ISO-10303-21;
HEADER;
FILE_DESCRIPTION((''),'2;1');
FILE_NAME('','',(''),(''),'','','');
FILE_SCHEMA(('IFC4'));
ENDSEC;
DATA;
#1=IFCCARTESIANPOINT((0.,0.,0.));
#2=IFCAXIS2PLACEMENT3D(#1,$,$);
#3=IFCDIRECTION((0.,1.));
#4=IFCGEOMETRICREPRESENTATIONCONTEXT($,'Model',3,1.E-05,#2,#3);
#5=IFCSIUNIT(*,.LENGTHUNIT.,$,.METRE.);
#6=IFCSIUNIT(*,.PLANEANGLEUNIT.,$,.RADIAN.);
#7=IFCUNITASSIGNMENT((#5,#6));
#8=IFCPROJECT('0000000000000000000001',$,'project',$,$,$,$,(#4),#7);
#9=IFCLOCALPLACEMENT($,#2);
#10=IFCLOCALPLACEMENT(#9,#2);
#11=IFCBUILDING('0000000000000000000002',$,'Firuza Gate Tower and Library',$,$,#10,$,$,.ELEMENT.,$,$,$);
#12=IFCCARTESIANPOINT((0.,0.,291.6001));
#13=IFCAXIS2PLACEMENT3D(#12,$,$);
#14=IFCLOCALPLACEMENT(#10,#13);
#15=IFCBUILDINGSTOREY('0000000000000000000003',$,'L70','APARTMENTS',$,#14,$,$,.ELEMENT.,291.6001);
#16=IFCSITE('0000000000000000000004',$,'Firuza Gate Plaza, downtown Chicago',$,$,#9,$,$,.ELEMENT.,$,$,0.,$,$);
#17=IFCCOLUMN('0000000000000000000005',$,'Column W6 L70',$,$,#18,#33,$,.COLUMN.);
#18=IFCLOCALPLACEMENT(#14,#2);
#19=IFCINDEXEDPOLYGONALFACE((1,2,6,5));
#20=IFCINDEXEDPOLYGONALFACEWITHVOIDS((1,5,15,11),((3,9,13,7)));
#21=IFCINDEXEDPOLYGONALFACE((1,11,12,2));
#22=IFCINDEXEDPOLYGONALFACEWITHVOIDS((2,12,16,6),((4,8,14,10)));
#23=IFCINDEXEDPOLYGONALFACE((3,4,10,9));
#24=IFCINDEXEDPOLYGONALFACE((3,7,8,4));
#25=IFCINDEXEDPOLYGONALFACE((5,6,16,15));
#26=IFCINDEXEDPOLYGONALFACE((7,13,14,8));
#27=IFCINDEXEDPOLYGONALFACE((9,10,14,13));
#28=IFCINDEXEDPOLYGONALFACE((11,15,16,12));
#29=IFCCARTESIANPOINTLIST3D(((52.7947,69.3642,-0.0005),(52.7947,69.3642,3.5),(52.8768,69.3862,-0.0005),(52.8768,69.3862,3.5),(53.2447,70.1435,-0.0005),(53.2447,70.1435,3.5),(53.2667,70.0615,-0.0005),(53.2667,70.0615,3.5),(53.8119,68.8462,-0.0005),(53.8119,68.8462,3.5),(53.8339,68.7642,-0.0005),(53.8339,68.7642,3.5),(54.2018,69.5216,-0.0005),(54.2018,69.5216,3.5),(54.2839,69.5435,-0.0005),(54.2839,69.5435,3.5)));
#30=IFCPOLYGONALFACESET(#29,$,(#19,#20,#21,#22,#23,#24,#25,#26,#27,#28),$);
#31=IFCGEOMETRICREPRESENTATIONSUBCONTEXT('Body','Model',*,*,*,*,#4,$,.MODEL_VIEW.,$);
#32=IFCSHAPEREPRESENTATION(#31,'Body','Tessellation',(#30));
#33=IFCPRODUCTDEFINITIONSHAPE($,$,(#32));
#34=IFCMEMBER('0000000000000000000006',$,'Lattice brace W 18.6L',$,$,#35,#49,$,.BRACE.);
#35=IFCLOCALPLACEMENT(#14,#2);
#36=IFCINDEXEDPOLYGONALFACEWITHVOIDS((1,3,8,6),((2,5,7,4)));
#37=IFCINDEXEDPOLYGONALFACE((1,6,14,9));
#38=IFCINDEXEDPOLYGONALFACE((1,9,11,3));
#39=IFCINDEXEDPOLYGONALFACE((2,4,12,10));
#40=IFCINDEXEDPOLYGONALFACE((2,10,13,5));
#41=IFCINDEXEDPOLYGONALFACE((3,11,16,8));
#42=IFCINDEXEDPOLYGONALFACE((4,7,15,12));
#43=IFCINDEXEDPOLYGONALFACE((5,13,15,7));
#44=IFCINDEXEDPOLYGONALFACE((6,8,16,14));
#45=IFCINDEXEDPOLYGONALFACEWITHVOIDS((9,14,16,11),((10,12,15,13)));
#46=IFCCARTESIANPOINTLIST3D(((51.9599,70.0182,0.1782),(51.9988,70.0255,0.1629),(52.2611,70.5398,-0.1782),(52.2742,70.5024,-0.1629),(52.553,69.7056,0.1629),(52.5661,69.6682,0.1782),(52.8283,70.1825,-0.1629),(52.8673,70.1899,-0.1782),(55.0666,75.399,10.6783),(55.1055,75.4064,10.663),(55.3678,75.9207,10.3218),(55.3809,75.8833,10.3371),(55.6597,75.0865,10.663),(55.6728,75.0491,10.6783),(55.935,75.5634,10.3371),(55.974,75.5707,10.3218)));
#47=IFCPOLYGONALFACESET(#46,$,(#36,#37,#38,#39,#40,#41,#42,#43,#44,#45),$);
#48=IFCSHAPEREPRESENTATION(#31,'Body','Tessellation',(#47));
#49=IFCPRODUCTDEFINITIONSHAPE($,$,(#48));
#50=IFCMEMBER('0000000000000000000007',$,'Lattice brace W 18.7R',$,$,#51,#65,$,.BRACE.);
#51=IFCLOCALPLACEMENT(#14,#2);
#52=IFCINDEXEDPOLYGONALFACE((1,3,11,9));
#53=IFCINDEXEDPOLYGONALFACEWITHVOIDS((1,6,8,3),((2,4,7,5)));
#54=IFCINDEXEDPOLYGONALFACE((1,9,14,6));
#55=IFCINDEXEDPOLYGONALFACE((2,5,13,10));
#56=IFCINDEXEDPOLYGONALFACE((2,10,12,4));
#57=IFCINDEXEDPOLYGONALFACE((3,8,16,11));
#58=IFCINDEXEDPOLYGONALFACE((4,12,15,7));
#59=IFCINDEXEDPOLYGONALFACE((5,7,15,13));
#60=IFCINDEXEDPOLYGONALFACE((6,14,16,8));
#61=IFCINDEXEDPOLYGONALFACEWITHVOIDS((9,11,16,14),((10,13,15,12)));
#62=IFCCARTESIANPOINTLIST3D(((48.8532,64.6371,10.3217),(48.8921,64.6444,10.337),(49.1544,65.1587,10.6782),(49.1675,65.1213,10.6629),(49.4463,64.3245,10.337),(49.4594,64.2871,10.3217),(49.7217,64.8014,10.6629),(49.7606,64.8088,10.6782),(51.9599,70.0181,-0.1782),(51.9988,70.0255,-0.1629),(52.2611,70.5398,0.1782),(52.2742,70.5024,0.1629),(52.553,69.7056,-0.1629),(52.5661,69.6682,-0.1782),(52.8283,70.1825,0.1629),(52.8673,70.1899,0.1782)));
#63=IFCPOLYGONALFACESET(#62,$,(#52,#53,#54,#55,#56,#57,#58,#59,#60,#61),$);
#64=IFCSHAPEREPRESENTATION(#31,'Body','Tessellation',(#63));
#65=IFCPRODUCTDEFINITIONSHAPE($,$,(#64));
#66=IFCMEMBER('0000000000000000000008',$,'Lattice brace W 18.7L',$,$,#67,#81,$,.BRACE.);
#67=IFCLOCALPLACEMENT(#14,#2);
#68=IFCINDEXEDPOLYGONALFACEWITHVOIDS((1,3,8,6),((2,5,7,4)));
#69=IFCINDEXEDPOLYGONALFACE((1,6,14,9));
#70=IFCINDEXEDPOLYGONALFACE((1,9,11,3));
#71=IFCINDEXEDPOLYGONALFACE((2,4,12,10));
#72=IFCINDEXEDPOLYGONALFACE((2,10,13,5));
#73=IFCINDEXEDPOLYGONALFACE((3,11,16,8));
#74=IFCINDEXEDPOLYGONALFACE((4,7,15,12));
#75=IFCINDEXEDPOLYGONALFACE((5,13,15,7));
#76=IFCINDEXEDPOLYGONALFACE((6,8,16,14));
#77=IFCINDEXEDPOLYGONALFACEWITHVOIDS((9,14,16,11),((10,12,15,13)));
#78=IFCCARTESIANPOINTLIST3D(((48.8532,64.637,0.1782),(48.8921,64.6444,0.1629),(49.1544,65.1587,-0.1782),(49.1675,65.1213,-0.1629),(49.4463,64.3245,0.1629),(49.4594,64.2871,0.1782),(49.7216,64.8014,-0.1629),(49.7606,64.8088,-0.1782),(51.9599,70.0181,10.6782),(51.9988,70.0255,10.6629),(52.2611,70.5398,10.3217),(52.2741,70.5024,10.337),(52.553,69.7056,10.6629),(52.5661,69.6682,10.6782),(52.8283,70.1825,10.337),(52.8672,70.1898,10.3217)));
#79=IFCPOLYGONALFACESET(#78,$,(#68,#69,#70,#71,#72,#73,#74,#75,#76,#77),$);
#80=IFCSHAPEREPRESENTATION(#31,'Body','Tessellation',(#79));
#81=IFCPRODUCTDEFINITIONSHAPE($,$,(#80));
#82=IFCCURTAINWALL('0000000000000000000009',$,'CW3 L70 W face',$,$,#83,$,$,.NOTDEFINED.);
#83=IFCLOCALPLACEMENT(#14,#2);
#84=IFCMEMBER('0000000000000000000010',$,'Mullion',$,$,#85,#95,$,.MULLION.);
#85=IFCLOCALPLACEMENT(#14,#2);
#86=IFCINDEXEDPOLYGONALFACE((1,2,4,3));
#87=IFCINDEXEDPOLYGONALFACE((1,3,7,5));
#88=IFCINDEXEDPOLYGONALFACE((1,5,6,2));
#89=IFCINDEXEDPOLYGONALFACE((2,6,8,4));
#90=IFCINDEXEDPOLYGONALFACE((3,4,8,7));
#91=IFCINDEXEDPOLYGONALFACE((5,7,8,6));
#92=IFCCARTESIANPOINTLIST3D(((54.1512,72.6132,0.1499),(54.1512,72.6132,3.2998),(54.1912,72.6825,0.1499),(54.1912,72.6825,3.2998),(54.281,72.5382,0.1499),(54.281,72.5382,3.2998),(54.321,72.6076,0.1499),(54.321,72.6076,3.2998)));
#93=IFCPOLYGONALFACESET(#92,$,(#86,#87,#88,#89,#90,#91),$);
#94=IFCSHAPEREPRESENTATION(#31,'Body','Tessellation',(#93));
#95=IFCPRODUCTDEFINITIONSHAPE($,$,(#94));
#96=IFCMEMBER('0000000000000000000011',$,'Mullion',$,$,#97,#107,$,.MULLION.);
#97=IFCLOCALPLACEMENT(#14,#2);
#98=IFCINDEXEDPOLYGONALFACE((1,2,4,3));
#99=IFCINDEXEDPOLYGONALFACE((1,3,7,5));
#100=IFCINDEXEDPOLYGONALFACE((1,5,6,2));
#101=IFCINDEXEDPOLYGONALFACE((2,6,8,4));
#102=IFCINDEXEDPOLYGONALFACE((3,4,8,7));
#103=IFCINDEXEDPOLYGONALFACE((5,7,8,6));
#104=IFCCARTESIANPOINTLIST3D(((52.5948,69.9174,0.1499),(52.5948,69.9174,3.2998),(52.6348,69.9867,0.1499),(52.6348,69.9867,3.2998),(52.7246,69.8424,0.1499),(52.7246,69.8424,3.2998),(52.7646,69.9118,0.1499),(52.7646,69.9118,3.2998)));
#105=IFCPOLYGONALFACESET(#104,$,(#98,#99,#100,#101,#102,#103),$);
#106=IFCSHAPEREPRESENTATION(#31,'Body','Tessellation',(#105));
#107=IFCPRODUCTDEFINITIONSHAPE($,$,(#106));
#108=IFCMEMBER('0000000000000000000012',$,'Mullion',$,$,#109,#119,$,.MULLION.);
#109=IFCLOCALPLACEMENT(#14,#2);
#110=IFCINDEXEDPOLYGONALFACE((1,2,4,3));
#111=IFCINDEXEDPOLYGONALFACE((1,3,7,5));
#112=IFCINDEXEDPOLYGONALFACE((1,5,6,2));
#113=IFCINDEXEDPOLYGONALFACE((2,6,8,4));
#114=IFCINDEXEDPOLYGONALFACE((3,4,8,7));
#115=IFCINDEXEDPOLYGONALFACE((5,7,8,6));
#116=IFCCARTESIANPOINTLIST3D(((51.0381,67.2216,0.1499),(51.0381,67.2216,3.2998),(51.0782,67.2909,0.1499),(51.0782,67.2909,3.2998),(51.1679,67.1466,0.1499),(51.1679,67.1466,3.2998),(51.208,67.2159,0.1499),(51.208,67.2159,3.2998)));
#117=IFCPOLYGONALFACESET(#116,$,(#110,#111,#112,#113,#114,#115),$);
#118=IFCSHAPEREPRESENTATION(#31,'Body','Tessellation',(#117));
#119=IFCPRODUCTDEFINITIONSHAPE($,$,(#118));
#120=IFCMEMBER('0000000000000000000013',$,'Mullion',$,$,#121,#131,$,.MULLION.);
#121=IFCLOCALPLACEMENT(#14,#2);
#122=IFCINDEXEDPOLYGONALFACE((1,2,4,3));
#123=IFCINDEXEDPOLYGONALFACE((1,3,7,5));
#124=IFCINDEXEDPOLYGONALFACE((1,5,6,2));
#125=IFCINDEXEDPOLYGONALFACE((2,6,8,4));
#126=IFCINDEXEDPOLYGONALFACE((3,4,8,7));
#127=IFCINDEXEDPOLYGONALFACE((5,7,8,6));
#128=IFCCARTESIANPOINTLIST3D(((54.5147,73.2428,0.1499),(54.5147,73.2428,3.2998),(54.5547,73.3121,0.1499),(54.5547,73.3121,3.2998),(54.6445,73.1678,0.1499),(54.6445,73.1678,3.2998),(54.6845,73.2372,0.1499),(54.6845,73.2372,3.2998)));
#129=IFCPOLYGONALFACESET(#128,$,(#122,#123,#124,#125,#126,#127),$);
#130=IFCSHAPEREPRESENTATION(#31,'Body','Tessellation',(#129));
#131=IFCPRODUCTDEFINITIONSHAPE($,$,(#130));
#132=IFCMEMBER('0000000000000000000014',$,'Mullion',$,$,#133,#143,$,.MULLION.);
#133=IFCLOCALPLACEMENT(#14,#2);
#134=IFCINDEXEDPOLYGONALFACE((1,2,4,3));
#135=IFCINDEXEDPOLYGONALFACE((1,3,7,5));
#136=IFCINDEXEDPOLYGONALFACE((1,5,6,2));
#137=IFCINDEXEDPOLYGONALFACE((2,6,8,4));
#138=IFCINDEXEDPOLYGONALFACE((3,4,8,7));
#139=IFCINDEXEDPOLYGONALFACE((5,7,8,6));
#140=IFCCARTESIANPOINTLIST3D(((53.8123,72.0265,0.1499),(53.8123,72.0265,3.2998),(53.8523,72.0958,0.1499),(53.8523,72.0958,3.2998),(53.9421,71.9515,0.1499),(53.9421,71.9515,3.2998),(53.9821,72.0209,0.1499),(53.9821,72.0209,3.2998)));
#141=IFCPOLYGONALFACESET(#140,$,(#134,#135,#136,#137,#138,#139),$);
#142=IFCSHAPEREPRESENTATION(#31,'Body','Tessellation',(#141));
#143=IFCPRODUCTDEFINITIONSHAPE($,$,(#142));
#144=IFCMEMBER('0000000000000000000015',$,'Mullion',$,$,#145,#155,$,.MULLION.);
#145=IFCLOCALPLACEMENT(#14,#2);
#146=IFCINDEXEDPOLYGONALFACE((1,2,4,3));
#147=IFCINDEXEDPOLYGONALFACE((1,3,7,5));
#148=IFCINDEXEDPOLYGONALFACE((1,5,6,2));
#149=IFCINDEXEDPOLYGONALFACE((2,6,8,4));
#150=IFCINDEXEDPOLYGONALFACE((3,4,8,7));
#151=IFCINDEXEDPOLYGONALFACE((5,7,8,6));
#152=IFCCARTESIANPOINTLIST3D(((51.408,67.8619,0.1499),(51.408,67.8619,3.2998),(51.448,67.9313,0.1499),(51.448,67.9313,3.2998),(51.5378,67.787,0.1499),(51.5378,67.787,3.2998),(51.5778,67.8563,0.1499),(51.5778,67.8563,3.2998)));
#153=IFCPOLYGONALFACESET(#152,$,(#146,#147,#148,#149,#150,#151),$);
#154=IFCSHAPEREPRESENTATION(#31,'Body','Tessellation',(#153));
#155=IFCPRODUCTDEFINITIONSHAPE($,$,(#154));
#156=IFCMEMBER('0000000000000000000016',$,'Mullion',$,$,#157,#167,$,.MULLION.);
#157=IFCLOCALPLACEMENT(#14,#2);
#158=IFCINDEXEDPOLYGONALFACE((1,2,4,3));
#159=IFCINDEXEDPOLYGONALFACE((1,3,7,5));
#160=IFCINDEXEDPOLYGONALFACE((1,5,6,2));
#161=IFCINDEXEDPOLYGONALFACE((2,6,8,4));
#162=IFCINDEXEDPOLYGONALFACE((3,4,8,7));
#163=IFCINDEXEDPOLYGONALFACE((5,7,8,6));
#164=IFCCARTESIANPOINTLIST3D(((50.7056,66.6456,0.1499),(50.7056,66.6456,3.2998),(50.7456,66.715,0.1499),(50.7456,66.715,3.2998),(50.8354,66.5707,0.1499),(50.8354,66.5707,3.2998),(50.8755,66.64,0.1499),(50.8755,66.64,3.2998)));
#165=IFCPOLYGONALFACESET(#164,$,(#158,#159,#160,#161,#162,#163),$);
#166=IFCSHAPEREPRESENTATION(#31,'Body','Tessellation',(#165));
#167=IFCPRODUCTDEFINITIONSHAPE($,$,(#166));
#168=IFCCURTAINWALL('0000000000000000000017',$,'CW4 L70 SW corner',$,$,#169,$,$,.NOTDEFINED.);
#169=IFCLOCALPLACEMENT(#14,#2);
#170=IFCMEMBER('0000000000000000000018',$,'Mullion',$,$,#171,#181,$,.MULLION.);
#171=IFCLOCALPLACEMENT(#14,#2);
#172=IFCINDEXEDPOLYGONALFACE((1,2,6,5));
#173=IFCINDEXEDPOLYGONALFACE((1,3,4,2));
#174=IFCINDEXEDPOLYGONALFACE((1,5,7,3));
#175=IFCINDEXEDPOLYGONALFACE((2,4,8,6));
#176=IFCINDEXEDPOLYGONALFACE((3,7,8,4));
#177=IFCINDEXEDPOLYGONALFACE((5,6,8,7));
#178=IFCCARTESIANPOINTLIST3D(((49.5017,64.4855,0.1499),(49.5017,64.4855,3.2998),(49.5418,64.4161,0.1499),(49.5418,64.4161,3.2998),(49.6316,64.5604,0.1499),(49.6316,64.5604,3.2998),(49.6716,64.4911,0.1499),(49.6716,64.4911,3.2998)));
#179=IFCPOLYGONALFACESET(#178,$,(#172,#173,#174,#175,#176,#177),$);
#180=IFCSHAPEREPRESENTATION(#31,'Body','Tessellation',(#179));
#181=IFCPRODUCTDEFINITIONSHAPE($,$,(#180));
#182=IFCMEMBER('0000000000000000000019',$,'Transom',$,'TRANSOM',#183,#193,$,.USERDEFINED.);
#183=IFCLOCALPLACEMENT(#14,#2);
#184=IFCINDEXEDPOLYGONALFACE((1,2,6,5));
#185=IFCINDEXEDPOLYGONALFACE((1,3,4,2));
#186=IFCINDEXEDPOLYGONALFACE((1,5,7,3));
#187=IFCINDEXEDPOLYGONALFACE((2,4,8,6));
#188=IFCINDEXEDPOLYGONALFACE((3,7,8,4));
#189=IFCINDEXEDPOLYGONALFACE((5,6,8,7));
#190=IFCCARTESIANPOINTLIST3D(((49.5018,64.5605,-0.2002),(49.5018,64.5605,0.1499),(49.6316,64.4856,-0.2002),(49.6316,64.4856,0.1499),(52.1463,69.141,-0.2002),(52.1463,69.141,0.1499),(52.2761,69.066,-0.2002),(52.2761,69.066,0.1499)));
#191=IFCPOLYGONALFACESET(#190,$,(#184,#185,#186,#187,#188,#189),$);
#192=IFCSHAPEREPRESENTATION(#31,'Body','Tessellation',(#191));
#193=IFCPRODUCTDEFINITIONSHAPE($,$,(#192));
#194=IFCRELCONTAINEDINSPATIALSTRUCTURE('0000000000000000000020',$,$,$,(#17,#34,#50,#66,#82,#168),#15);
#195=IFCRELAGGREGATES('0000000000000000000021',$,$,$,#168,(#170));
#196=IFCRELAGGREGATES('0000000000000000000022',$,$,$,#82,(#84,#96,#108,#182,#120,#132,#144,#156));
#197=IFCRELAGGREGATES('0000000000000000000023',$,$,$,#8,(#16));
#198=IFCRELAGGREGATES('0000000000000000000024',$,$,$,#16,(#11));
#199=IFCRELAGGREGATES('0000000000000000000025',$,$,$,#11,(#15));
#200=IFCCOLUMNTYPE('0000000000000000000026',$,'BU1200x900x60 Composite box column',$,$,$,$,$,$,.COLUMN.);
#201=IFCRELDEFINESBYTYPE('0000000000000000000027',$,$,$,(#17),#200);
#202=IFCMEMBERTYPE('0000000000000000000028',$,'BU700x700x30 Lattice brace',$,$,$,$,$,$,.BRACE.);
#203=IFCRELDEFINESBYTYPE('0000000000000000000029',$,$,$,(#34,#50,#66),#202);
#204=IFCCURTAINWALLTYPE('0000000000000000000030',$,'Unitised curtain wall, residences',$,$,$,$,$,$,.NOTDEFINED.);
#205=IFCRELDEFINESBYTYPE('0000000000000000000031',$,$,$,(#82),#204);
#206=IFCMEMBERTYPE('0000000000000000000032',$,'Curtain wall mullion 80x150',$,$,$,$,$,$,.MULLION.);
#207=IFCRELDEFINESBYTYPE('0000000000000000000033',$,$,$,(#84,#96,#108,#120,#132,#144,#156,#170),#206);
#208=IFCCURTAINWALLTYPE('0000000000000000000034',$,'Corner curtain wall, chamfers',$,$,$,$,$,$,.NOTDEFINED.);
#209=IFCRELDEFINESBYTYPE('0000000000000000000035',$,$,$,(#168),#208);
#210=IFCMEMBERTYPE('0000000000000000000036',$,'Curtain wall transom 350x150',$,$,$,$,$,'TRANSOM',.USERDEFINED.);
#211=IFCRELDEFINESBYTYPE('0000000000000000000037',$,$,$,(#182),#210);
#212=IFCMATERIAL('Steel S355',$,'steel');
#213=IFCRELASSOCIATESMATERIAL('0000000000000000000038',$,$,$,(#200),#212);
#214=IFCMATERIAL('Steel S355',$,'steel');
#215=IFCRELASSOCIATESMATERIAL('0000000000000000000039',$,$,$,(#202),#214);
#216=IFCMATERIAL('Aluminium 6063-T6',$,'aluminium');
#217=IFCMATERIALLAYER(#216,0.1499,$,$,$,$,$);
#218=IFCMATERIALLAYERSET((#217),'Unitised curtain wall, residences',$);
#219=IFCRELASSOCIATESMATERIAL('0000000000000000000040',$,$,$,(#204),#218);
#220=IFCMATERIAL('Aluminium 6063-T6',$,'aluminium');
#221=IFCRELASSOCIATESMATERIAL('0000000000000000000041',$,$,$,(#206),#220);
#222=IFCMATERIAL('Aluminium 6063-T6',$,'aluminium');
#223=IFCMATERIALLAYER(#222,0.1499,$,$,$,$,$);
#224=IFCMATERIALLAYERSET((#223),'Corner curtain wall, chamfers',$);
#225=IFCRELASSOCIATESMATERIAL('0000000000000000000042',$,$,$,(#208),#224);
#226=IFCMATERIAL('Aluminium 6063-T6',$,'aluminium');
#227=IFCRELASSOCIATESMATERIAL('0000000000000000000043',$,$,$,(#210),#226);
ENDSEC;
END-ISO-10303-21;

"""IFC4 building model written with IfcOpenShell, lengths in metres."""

from ifc_helpers import new_model, si_unit, direction, frame, origin, origin_2d, place, context, subcontext, project, spatial, rectangle, hollow_rectangle, extrude, material, layer, layer_set, material_profile, profile_set, type_object, element, aggregate, save


model = new_model("IFC4")

# Units and contexts
model_context = context("Model", 3, precision=1e-05, world=origin(), true_north=direction((0.0, 1.0)))
body_context = subcontext(model_context, "Body", "Model", "MODEL_VIEW")
ifc_project = project(units=[si_unit("LENGTHUNIT", "METRE"), si_unit("PLANEANGLEUNIT", "RADIAN")], contexts=[model_context])

# Site, building, storey
site_placement = place(None, origin())
site = spatial("IfcSite", under=ifc_project, at=site_placement, Name="Firuza Gate Plaza, downtown Chicago", CompositionType="ELEMENT", RefElevation=0.0)
building_placement = place(site_placement, origin())
building = spatial("IfcBuilding", under=site, at=building_placement, Name="Firuza Gate Tower and Library", CompositionType="ELEMENT")
storey_placement = place(building_placement, frame((0.0, 0.0, 291.6001)))
storey = spatial("IfcBuildingStorey", under=building, at=storey_placement, Name="L70", Description="APARTMENTS", CompositionType="ELEMENT", Elevation=291.6001)

# Column
ifc_material_1 = material(Name="Steel S355", Category="steel")
ifc_material_profile_1 = material_profile(ifc_material_1, hollow_rectangle(XDim=0.8999, YDim=1.2, WallThickness=0.0601, at=origin_2d()))
ifc_profile_set_1 = profile_set([ifc_material_profile_1], Name="Steel S355")
column_type = type_object("IfcColumnType", Name="BU1200x900x60 Composite box column", PredefinedType="COLUMN", material=ifc_profile_set_1)
column_placement = place(storey_placement, frame((53.5393, 69.4539, -0.0005), z_axis=(0.0, 0.0, 1.0), x_axis=(-0.5, -0.866025, 0.0)))
element("IfcColumn", 1, at=column_placement, inside=storey, type_object=column_type, Name="Column W6 L70", PredefinedType="COLUMN", context=body_context, shape_type="SweptSolid", body=[
    extrude(hollow_rectangle(XDim=0.8999, YDim=1.2, WallThickness=0.0601, at=origin_2d()), origin(), (0.0, 0.0, 1.0), 3.5005),
])

# Members
ifc_material_2 = material(Name="Steel S355", Category="steel")
ifc_material_profile_2 = material_profile(ifc_material_2, hollow_rectangle(XDim=0.7, YDim=0.7, WallThickness=0.03, at=origin_2d()))
ifc_profile_set_2 = profile_set([ifc_material_profile_2], Name="Steel S355")
member_type_1 = type_object("IfcMemberType", Name="BU700x700x30 Lattice brace", PredefinedType="BRACE", material=ifc_profile_set_2)
for number, where, z_axis, x_axis, name in (
    (2, (52.4136, 70.104, 0.0), (0.254634, 0.441032, 0.860612), (-0.866022, 0.500006, 0.0), "Lattice brace W 18.6L"),
    (3, (52.4136, 70.104, 0.0), (-0.254631, -0.441048, 0.860604), (0.866032, -0.499989, 0.0), "Lattice brace W 18.7R"),
    (4, (49.3069, 64.7229, 0.0), (0.254631, 0.441048, 0.860604), (-0.866032, 0.499989, 0.0), "Lattice brace W 18.7L"),
):
    element("IfcMember", number, at=place(storey_placement, frame(where, z_axis=z_axis, x_axis=x_axis)), inside=storey, type_object=member_type_1, Name=name, PredefinedType="BRACE", context=body_context, shape_type="SweptSolid", body=[
        extrude(hollow_rectangle(XDim=0.7, YDim=0.7, WallThickness=0.03, at=origin_2d()), origin(), (0.0, 0.0, 1.0), 12.2007),
    ])

# Curtain wall, members
ifc_material_3 = material(Name="Aluminium 6063-T6", Category="aluminium")
ifc_layer_1 = layer(ifc_material_3, 0.1499)
ifc_layer_set_1 = layer_set([ifc_layer_1], Name="Unitised curtain wall, residences")
curtain_wall_type_1 = type_object("IfcCurtainWallType", Name="Unitised curtain wall, residences", PredefinedType="NOTDEFINED", material=ifc_layer_set_1)
placement = place(storey_placement, origin())
curtain_wall_1 = element("IfcCurtainWall", 5, at=placement, inside=storey, type_object=curtain_wall_type_1, Name="CW3 L70 W face", PredefinedType="NOTDEFINED")
ifc_material_4 = material(Name="Aluminium 6063-T6", Category="aluminium")
ifc_material_profile_3 = material_profile(ifc_material_4, rectangle(XDim=0.1499, YDim=0.0801, at=origin_2d()))
ifc_profile_set_3 = profile_set([ifc_material_profile_3], Name="Aluminium 6063-T6")
member_type_2 = type_object("IfcMemberType", Name="Curtain wall mullion 80x150", PredefinedType="MULLION", material=ifc_profile_set_3)
member_1_placement = place(storey_placement, frame((54.2361, 72.6104, 0.1499), z_axis=(0.0, 0.0, 1.0), x_axis=(0.866025, -0.5, 0.0)))
member_1 = element("IfcMember", 6, at=member_1_placement, type_object=member_type_2, Name="Mullion", PredefinedType="MULLION", context=body_context, shape_type="SweptSolid", body=[
    extrude(rectangle(XDim=0.1499, YDim=0.0801, at=origin_2d()), origin(), (0.0, 0.0, 1.0), 3.1499),
])
member_2_placement = place(storey_placement, frame((52.6797, 69.9146, 0.1499), z_axis=(0.0, 0.0, 1.0), x_axis=(0.866025, -0.5, 0.0)))
member_2 = element("IfcMember", 7, at=member_2_placement, type_object=member_type_2, Name="Mullion", PredefinedType="MULLION", context=body_context, shape_type="SweptSolid", body=[
    extrude(rectangle(XDim=0.1499, YDim=0.0801, at=origin_2d()), origin(), (0.0, 0.0, 1.0), 3.1499),
])
member_3_placement = place(storey_placement, frame((51.123, 67.2188, 0.1499), z_axis=(0.0, 0.0, 1.0), x_axis=(0.866025, -0.5, 0.0)))
member_3 = element("IfcMember", 8, at=member_3_placement, type_object=member_type_2, Name="Mullion", PredefinedType="MULLION", context=body_context, shape_type="SweptSolid", body=[
    extrude(rectangle(XDim=0.1499, YDim=0.0801, at=origin_2d()), origin(), (0.0, 0.0, 1.0), 3.1499),
])
member_4_placement = place(storey_placement, frame((54.5996, 73.24, 0.1499), z_axis=(0.0, 0.0, 1.0), x_axis=(0.866025, -0.5, 0.0)))
member_4 = element("IfcMember", 9, at=member_4_placement, type_object=member_type_2, Name="Mullion", PredefinedType="MULLION", context=body_context, shape_type="SweptSolid", body=[
    extrude(rectangle(XDim=0.1499, YDim=0.0801, at=origin_2d()), origin(), (0.0, 0.0, 1.0), 3.1499),
])
member_5_placement = place(storey_placement, frame((53.8972, 72.0237, 0.1499), z_axis=(0.0, 0.0, 1.0), x_axis=(0.866025, -0.5, 0.0)))
member_5 = element("IfcMember", 10, at=member_5_placement, type_object=member_type_2, Name="Mullion", PredefinedType="MULLION", context=body_context, shape_type="SweptSolid", body=[
    extrude(rectangle(XDim=0.1499, YDim=0.0801, at=origin_2d()), origin(), (0.0, 0.0, 1.0), 3.1499),
])
member_6_placement = place(storey_placement, frame((51.4929, 67.8591, 0.1499), z_axis=(0.0, 0.0, 1.0), x_axis=(0.866025, -0.5, 0.0)))
member_6 = element("IfcMember", 11, at=member_6_placement, type_object=member_type_2, Name="Mullion", PredefinedType="MULLION", context=body_context, shape_type="SweptSolid", body=[
    extrude(rectangle(XDim=0.1499, YDim=0.0801, at=origin_2d()), origin(), (0.0, 0.0, 1.0), 3.1499),
])
member_7_placement = place(storey_placement, frame((50.7905, 66.6428, 0.1499), z_axis=(0.0, 0.0, 1.0), x_axis=(0.866025, -0.5, 0.0)))
member_7 = element("IfcMember", 12, at=member_7_placement, type_object=member_type_2, Name="Mullion", PredefinedType="MULLION", context=body_context, shape_type="SweptSolid", body=[
    extrude(rectangle(XDim=0.1499, YDim=0.0801, at=origin_2d()), origin(), (0.0, 0.0, 1.0), 3.1499),
])

# Curtain wall, member
ifc_material_5 = material(Name="Aluminium 6063-T6", Category="aluminium")
ifc_layer_2 = layer(ifc_material_5, 0.1499)
ifc_layer_set_2 = layer_set([ifc_layer_2], Name="Corner curtain wall, chamfers")
curtain_wall_type_2 = type_object("IfcCurtainWallType", Name="Corner curtain wall, chamfers", PredefinedType="NOTDEFINED", material=ifc_layer_set_2)
curtain_wall_2 = element("IfcCurtainWall", 13, at=placement, inside=storey, type_object=curtain_wall_type_2, Name="CW4 L70 SW corner", PredefinedType="NOTDEFINED")
member_8_placement = place(storey_placement, frame((49.5867, 64.4883, 0.1499), z_axis=(0.0, 0.0, 1.0), x_axis=(0.866025, 0.5, 0.0)))
member_8 = element("IfcMember", 14, at=member_8_placement, type_object=member_type_2, Name="Mullion", PredefinedType="MULLION", context=body_context, shape_type="SweptSolid", body=[
    extrude(rectangle(XDim=0.1499, YDim=0.0801, at=origin_2d()), origin(), (0.0, 0.0, 1.0), 3.1499),
])

# Member
ifc_material_6 = material(Name="Aluminium 6063-T6", Category="aluminium")
ifc_material_profile_4 = material_profile(ifc_material_6, rectangle(XDim=0.1499, YDim=0.3501, at=origin_2d()))
ifc_profile_set_4 = profile_set([ifc_material_profile_4], Name="Aluminium 6063-T6")
member_type_3 = type_object("IfcMemberType", Name="Curtain wall transom 350x150", ElementType="TRANSOM", PredefinedType="USERDEFINED", material=ifc_profile_set_4)
member_9_placement = place(storey_placement, frame((52.2112, 69.1035, -0.0251), z_axis=(-0.499991, -0.86603, 0.0), x_axis=(0.86603, -0.499991, 0.0)))
member_9 = element("IfcMember", 15, at=member_9_placement, type_object=member_type_3, Name="Transom", ObjectType="TRANSOM", PredefinedType="USERDEFINED", context=body_context, shape_type="SweptSolid", body=[
    extrude(rectangle(XDim=0.1499, YDim=0.3501, at=origin_2d()), origin(), (0.0, 0.0, 1.0), 5.2891),
])

aggregate(curtain_wall_2, [member_8])
aggregate(curtain_wall_1, [member_1, member_2, member_3, member_9, member_4, member_5, member_6, member_7])

save(model, "model.ifc")
